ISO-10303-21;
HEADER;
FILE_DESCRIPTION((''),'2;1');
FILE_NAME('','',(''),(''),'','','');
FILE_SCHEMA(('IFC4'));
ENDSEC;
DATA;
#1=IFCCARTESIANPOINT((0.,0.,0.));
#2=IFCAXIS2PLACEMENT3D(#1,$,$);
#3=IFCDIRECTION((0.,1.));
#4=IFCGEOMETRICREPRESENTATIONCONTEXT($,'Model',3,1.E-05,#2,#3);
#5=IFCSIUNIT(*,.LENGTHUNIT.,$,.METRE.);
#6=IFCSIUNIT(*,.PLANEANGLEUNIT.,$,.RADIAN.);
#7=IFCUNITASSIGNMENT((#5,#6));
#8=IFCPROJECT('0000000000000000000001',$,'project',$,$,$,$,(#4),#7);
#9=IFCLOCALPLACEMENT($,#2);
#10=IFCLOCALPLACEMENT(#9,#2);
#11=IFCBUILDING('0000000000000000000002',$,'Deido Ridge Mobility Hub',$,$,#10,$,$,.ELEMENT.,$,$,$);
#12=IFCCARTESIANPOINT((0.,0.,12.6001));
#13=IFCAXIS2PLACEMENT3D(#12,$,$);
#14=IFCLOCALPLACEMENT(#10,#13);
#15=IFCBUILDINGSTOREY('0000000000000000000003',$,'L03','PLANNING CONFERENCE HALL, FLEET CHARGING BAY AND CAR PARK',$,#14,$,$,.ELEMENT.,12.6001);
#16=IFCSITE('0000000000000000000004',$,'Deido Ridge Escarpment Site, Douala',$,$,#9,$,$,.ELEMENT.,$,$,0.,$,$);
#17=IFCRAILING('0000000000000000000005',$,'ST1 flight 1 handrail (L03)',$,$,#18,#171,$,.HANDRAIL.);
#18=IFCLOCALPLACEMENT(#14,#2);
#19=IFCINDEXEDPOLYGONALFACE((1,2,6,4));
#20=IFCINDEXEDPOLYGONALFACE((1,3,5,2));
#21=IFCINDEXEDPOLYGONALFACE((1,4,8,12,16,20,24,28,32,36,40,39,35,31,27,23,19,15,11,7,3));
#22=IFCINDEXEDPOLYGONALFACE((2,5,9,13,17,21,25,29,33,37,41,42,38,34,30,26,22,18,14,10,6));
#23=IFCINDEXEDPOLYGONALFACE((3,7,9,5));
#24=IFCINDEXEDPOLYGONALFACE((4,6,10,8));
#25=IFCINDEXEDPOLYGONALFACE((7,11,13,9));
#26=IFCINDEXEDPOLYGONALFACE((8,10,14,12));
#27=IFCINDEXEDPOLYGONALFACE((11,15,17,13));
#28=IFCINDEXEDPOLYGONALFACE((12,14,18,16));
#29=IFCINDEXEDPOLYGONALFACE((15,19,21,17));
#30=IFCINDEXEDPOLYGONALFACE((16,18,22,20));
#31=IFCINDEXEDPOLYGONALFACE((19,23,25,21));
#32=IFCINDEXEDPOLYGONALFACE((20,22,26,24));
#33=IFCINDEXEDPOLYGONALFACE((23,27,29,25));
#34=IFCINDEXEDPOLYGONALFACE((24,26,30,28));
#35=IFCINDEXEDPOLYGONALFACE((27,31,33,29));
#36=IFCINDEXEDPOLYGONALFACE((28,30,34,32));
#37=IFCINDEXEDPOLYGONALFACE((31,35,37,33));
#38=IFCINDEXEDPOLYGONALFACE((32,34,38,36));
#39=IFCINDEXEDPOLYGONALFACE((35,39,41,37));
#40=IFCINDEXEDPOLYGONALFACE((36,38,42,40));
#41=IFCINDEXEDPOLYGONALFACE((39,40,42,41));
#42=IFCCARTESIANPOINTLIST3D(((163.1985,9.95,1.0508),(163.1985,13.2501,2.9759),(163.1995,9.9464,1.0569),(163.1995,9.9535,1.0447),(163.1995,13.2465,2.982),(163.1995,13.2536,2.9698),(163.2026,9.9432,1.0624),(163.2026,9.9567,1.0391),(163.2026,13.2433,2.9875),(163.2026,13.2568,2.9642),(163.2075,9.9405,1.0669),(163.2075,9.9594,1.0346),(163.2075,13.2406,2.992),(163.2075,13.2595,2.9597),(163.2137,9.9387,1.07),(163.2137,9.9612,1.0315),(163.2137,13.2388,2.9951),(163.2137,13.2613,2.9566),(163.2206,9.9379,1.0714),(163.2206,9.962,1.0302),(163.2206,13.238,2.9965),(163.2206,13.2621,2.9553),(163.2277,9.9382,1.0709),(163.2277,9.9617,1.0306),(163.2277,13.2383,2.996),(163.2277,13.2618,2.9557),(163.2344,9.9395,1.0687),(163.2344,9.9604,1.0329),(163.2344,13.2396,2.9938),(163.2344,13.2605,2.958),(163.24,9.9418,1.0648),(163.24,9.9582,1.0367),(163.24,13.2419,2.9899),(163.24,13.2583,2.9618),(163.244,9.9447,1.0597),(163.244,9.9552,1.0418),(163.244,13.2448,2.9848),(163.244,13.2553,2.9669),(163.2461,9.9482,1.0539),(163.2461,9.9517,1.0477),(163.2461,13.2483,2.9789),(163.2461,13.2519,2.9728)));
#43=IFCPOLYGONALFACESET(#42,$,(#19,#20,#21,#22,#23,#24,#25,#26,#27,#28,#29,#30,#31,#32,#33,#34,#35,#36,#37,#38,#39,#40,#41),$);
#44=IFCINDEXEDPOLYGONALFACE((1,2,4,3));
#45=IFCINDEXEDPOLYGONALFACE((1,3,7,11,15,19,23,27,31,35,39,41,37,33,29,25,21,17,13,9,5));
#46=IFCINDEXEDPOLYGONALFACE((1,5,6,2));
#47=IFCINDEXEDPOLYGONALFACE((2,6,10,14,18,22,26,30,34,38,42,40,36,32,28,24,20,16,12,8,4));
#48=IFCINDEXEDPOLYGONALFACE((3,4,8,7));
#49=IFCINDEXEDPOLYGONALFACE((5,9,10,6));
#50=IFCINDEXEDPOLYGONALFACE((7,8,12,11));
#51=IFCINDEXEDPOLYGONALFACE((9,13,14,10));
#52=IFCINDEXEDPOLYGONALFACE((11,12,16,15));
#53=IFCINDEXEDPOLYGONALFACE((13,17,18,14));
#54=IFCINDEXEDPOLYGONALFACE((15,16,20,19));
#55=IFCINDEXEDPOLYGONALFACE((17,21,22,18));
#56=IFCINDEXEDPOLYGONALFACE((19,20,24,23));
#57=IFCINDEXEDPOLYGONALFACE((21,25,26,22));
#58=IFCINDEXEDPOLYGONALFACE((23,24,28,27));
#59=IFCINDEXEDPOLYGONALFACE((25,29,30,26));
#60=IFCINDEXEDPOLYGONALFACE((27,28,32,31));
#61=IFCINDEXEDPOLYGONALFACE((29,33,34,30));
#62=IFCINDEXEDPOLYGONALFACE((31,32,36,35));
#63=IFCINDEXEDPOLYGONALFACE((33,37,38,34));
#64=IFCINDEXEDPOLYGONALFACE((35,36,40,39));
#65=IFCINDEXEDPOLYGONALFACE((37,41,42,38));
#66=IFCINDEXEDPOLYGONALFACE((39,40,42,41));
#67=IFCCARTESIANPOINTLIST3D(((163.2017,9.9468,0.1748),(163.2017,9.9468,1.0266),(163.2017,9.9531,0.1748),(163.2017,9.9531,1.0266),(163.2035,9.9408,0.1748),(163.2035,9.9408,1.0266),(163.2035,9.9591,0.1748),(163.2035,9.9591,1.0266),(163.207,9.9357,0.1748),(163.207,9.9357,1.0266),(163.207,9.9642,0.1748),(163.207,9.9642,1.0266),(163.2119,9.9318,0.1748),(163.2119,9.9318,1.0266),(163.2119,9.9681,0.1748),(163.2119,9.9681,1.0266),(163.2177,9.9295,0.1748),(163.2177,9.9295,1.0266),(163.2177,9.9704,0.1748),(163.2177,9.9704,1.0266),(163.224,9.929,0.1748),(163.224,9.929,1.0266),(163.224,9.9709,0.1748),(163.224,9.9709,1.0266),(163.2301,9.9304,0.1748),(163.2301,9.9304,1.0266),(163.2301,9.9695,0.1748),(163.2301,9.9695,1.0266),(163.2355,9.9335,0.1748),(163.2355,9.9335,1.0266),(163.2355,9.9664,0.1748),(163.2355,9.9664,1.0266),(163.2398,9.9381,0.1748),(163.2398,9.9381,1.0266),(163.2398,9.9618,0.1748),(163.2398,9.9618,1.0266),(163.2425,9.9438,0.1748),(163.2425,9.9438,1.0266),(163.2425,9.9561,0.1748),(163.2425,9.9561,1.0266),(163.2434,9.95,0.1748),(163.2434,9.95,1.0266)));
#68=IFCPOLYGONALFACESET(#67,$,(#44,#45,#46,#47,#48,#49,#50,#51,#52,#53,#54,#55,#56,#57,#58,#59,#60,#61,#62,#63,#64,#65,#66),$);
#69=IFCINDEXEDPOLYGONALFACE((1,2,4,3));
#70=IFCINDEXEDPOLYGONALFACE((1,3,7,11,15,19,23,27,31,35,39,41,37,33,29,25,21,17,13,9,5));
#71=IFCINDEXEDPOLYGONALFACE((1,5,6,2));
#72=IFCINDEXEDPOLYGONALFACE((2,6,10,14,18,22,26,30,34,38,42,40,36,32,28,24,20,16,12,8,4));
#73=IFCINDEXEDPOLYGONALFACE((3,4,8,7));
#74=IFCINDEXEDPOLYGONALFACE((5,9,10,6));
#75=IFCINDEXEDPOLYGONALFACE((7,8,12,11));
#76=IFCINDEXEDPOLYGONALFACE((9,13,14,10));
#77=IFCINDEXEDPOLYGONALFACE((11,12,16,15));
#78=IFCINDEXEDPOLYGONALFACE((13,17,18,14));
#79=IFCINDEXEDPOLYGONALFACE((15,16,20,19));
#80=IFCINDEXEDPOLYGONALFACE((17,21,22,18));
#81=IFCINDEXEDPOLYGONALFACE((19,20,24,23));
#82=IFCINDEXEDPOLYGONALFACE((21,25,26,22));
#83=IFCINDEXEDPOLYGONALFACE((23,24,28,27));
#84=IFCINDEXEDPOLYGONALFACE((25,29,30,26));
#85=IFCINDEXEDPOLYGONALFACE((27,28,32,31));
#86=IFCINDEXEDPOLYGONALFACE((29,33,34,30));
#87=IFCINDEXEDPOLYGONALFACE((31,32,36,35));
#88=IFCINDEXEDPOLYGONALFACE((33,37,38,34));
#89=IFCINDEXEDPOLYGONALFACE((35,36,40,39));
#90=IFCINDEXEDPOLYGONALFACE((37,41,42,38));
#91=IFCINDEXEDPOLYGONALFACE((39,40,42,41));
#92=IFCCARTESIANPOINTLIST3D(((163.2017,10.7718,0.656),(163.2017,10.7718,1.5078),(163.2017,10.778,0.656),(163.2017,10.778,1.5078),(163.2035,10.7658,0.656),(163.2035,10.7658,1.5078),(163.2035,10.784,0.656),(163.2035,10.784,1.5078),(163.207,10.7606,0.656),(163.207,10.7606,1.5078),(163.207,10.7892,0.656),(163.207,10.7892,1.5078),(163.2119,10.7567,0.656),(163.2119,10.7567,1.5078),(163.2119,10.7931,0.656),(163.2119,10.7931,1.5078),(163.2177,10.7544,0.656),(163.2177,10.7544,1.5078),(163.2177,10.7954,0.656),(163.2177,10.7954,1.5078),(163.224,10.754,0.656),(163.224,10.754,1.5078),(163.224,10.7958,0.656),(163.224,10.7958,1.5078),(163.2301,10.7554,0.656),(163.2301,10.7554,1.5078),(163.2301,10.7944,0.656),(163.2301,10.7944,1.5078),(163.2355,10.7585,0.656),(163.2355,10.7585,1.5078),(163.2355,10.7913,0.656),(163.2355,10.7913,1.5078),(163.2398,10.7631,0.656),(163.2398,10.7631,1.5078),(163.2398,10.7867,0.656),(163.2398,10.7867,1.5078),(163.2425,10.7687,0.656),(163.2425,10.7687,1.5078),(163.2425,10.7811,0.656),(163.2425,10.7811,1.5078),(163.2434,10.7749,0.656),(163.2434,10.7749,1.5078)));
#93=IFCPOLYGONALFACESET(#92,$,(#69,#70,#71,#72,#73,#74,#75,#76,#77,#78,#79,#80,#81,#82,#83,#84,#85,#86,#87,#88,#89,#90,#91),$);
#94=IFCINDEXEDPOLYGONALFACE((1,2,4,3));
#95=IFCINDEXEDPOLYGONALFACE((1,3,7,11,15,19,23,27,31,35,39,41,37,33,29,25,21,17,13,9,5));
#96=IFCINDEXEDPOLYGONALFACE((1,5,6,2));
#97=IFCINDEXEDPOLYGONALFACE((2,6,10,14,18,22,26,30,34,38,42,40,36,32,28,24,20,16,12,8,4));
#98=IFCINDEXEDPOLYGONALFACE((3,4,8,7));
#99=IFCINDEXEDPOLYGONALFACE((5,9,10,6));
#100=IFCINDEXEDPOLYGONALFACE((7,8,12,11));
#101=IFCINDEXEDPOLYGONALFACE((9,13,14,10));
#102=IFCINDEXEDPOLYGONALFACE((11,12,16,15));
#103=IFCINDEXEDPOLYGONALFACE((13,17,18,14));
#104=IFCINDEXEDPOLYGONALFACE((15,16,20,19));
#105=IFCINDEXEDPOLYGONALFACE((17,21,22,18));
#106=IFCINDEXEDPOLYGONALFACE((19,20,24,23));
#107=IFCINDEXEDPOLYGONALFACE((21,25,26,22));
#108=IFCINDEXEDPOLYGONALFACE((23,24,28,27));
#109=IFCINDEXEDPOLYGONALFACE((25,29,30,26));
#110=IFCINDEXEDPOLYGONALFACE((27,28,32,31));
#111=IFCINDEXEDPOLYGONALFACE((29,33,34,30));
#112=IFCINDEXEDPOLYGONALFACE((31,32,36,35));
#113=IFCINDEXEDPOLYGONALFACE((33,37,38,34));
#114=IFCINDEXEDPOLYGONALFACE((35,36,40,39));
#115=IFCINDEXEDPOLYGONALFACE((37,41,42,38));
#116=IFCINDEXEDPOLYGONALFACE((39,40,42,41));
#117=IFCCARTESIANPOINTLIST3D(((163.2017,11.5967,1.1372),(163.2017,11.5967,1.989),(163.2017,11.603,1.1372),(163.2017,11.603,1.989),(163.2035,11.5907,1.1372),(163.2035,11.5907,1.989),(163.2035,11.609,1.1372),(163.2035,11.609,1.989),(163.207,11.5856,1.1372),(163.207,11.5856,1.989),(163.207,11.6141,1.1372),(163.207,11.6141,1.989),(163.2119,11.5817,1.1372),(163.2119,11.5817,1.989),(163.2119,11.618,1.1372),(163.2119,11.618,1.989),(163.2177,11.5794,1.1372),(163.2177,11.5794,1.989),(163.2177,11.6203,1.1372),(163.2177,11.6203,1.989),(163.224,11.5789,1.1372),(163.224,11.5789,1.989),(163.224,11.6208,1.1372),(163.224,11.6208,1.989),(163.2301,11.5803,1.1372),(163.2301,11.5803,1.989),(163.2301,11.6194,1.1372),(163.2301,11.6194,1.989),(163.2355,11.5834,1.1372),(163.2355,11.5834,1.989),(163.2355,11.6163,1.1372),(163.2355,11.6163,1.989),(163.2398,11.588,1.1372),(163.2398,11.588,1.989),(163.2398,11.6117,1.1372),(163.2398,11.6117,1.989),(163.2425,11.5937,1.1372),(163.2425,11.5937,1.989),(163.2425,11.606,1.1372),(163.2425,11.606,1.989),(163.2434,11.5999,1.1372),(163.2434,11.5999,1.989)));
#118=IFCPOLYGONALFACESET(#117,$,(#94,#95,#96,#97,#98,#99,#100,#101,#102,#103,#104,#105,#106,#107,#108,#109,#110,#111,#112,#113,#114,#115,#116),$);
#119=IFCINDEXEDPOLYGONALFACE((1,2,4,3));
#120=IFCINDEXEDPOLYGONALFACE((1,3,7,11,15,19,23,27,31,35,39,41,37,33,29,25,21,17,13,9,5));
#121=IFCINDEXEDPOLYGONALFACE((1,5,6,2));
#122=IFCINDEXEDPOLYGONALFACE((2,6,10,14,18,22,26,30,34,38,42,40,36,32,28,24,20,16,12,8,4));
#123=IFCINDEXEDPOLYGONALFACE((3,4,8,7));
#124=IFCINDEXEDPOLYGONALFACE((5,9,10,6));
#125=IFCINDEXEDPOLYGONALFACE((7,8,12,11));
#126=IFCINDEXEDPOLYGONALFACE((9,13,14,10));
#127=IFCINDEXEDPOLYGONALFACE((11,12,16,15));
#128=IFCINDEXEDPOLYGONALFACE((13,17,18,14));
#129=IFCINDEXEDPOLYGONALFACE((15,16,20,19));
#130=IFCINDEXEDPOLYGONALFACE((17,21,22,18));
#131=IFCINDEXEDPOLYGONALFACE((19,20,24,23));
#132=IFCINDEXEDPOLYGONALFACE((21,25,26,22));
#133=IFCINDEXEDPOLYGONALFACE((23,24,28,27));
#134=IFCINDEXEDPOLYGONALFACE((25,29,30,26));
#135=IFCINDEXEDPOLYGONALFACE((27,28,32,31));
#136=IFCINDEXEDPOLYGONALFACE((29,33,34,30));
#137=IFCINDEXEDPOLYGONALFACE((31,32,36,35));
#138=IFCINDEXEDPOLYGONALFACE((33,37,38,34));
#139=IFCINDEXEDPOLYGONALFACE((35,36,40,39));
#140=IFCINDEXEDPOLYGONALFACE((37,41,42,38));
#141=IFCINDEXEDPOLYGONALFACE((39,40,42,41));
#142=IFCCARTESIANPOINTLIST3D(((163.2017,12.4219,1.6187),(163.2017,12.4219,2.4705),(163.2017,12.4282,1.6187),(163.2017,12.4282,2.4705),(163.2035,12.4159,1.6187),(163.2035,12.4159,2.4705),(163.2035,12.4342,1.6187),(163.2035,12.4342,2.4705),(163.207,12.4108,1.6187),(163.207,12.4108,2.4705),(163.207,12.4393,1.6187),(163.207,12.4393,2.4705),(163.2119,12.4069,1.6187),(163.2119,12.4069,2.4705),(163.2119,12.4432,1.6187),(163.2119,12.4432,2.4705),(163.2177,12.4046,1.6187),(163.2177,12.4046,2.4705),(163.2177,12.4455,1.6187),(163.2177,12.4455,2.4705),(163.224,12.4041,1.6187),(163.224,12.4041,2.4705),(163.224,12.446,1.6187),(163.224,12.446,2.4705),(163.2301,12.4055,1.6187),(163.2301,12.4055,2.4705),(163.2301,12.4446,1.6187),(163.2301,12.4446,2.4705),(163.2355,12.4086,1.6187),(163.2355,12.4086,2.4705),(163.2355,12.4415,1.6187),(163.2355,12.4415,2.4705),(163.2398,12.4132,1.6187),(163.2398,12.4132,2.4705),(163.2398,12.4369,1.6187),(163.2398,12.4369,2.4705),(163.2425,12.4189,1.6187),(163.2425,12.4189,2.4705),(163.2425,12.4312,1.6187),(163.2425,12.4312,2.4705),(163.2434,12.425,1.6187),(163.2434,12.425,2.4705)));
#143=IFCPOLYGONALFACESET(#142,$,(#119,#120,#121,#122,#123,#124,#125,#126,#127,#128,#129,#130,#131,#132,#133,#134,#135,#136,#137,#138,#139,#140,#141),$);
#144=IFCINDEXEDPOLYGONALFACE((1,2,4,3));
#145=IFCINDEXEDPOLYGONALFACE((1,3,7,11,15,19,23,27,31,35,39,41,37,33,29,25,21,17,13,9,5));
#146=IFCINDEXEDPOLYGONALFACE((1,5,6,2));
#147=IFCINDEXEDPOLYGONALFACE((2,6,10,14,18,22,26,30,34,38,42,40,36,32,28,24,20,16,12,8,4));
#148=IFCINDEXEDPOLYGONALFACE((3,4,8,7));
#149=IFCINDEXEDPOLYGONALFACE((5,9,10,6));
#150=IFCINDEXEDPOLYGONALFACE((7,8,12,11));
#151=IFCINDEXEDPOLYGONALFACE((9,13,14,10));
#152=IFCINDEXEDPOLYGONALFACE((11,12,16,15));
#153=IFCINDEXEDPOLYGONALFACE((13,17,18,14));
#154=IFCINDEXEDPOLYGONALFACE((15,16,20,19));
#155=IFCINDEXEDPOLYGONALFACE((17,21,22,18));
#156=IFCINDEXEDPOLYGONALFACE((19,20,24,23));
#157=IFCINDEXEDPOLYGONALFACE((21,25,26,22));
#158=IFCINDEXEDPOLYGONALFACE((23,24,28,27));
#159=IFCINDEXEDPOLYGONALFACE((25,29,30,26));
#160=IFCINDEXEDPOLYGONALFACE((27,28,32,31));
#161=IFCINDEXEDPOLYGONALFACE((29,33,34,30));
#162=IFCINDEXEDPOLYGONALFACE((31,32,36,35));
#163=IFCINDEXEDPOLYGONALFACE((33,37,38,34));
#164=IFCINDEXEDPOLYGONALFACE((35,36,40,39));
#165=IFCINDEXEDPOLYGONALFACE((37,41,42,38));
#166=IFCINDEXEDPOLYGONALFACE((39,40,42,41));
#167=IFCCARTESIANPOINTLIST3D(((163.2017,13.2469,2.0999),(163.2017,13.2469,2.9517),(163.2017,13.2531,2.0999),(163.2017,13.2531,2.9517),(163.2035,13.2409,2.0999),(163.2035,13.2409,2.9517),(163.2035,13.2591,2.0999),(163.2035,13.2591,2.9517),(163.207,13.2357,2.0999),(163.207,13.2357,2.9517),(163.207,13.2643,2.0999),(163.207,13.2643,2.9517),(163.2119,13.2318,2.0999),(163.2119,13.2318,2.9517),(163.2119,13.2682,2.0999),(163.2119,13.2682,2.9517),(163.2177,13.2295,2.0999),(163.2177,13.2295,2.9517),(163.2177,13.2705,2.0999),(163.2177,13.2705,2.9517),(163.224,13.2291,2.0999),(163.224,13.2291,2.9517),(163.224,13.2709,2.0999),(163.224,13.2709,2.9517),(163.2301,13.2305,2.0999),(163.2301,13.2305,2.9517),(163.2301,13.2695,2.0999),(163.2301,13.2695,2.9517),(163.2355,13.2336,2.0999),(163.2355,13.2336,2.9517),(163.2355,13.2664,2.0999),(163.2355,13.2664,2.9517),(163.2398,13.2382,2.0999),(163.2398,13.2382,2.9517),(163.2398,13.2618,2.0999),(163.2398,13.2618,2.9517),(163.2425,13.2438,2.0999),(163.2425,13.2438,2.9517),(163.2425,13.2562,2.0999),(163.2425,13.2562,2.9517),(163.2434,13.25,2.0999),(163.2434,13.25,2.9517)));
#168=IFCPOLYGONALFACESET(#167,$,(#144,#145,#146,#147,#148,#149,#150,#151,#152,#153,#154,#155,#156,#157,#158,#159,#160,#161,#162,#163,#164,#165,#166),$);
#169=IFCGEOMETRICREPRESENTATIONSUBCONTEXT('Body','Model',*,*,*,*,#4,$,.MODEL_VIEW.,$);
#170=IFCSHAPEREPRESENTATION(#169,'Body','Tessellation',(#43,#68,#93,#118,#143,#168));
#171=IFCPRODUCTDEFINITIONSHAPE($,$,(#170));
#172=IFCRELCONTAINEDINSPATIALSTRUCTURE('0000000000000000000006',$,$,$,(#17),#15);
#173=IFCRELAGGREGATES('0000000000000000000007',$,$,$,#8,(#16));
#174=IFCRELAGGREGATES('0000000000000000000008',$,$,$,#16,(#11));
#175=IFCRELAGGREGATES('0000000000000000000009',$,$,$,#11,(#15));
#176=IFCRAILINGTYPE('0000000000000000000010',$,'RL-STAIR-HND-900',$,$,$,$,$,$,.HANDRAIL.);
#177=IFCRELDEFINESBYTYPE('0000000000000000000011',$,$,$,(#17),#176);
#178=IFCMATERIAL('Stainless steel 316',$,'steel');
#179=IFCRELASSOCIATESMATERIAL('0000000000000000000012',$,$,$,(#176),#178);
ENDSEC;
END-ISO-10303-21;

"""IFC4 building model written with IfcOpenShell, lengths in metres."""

from ifc_helpers import new_model, si_unit, direction, frame, origin, origin_2d, place, context, subcontext, project, spatial, circle, extrude, material, type_object, element, save


model = new_model("IFC4")

# Units and contexts
model_context = context("Model", 3, precision=1e-05, world=origin(), true_north=direction((0.0, 1.0)))
body_context = subcontext(model_context, "Body", "Model", "MODEL_VIEW")
ifc_project = project(units=[si_unit("LENGTHUNIT", "METRE"), si_unit("PLANEANGLEUNIT", "RADIAN")], contexts=[model_context])

# Site, building, storey
site_placement = place(None, origin())
site = spatial("IfcSite", under=ifc_project, at=site_placement, Name="Deido Ridge Escarpment Site, Douala", CompositionType="ELEMENT", RefElevation=0.0)
building_placement = place(site_placement, origin())
building = spatial("IfcBuilding", under=site, at=building_placement, Name="Deido Ridge Mobility Hub", CompositionType="ELEMENT")
storey_placement = place(building_placement, frame((0.0, 0.0, 12.6001)))
storey = spatial("IfcBuildingStorey", under=building, at=storey_placement, Name="L03", Description="PLANNING CONFERENCE HALL, FLEET CHARGING BAY AND CAR PARK", CompositionType="ELEMENT", Elevation=12.6001)

# Shared definitions
ifc_material_1 = material(Name="Stainless steel 316", Category="steel")

# Railing
railing_type_1 = type_object("IfcRailingType", Name="RL-STAIR-HND-900", PredefinedType="HANDRAIL", material=ifc_material_1)
railing_1_placement = place(storey_placement, frame((163.2224, 9.95, 0.1748)))
element("IfcRailing", 1, at=railing_1_placement, inside=storey, type_object=railing_type_1, Name="ST1 flight 1 handrail (L03)", PredefinedType="HANDRAIL", context=body_context, shape_type="SweptSolid", body=[
    extrude(circle(Radius=0.0239, at=origin_2d()), frame((0.0, 0.0, 0.876), z_axis=(0.0, 0.863777, 0.503875), x_axis=(-1.0, 0.0, 0.0)), (0.0, 0.0, 1.0), 3.8206),
    extrude(circle(Radius=0.021, at=origin_2d()), origin(), (0.0, 0.0, 1.0), 0.8518),
    extrude(circle(Radius=0.021, at=origin_2d()), frame((0.0, 0.825, 0.4812)), (0.0, 0.0, 1.0), 0.8518),
    extrude(circle(Radius=0.021, at=origin_2d()), frame((0.0, 1.6499, 0.9624)), (0.0, 0.0, 1.0), 0.8518),
    extrude(circle(Radius=0.021, at=origin_2d()), frame((0.0, 2.4751, 1.4438)), (0.0, 0.0, 1.0), 0.8518),
    extrude(circle(Radius=0.021, at=origin_2d()), frame((0.0, 3.3, 1.925)), (0.0, 0.0, 1.0), 0.8518),
])

save(model, "model.ifc")
